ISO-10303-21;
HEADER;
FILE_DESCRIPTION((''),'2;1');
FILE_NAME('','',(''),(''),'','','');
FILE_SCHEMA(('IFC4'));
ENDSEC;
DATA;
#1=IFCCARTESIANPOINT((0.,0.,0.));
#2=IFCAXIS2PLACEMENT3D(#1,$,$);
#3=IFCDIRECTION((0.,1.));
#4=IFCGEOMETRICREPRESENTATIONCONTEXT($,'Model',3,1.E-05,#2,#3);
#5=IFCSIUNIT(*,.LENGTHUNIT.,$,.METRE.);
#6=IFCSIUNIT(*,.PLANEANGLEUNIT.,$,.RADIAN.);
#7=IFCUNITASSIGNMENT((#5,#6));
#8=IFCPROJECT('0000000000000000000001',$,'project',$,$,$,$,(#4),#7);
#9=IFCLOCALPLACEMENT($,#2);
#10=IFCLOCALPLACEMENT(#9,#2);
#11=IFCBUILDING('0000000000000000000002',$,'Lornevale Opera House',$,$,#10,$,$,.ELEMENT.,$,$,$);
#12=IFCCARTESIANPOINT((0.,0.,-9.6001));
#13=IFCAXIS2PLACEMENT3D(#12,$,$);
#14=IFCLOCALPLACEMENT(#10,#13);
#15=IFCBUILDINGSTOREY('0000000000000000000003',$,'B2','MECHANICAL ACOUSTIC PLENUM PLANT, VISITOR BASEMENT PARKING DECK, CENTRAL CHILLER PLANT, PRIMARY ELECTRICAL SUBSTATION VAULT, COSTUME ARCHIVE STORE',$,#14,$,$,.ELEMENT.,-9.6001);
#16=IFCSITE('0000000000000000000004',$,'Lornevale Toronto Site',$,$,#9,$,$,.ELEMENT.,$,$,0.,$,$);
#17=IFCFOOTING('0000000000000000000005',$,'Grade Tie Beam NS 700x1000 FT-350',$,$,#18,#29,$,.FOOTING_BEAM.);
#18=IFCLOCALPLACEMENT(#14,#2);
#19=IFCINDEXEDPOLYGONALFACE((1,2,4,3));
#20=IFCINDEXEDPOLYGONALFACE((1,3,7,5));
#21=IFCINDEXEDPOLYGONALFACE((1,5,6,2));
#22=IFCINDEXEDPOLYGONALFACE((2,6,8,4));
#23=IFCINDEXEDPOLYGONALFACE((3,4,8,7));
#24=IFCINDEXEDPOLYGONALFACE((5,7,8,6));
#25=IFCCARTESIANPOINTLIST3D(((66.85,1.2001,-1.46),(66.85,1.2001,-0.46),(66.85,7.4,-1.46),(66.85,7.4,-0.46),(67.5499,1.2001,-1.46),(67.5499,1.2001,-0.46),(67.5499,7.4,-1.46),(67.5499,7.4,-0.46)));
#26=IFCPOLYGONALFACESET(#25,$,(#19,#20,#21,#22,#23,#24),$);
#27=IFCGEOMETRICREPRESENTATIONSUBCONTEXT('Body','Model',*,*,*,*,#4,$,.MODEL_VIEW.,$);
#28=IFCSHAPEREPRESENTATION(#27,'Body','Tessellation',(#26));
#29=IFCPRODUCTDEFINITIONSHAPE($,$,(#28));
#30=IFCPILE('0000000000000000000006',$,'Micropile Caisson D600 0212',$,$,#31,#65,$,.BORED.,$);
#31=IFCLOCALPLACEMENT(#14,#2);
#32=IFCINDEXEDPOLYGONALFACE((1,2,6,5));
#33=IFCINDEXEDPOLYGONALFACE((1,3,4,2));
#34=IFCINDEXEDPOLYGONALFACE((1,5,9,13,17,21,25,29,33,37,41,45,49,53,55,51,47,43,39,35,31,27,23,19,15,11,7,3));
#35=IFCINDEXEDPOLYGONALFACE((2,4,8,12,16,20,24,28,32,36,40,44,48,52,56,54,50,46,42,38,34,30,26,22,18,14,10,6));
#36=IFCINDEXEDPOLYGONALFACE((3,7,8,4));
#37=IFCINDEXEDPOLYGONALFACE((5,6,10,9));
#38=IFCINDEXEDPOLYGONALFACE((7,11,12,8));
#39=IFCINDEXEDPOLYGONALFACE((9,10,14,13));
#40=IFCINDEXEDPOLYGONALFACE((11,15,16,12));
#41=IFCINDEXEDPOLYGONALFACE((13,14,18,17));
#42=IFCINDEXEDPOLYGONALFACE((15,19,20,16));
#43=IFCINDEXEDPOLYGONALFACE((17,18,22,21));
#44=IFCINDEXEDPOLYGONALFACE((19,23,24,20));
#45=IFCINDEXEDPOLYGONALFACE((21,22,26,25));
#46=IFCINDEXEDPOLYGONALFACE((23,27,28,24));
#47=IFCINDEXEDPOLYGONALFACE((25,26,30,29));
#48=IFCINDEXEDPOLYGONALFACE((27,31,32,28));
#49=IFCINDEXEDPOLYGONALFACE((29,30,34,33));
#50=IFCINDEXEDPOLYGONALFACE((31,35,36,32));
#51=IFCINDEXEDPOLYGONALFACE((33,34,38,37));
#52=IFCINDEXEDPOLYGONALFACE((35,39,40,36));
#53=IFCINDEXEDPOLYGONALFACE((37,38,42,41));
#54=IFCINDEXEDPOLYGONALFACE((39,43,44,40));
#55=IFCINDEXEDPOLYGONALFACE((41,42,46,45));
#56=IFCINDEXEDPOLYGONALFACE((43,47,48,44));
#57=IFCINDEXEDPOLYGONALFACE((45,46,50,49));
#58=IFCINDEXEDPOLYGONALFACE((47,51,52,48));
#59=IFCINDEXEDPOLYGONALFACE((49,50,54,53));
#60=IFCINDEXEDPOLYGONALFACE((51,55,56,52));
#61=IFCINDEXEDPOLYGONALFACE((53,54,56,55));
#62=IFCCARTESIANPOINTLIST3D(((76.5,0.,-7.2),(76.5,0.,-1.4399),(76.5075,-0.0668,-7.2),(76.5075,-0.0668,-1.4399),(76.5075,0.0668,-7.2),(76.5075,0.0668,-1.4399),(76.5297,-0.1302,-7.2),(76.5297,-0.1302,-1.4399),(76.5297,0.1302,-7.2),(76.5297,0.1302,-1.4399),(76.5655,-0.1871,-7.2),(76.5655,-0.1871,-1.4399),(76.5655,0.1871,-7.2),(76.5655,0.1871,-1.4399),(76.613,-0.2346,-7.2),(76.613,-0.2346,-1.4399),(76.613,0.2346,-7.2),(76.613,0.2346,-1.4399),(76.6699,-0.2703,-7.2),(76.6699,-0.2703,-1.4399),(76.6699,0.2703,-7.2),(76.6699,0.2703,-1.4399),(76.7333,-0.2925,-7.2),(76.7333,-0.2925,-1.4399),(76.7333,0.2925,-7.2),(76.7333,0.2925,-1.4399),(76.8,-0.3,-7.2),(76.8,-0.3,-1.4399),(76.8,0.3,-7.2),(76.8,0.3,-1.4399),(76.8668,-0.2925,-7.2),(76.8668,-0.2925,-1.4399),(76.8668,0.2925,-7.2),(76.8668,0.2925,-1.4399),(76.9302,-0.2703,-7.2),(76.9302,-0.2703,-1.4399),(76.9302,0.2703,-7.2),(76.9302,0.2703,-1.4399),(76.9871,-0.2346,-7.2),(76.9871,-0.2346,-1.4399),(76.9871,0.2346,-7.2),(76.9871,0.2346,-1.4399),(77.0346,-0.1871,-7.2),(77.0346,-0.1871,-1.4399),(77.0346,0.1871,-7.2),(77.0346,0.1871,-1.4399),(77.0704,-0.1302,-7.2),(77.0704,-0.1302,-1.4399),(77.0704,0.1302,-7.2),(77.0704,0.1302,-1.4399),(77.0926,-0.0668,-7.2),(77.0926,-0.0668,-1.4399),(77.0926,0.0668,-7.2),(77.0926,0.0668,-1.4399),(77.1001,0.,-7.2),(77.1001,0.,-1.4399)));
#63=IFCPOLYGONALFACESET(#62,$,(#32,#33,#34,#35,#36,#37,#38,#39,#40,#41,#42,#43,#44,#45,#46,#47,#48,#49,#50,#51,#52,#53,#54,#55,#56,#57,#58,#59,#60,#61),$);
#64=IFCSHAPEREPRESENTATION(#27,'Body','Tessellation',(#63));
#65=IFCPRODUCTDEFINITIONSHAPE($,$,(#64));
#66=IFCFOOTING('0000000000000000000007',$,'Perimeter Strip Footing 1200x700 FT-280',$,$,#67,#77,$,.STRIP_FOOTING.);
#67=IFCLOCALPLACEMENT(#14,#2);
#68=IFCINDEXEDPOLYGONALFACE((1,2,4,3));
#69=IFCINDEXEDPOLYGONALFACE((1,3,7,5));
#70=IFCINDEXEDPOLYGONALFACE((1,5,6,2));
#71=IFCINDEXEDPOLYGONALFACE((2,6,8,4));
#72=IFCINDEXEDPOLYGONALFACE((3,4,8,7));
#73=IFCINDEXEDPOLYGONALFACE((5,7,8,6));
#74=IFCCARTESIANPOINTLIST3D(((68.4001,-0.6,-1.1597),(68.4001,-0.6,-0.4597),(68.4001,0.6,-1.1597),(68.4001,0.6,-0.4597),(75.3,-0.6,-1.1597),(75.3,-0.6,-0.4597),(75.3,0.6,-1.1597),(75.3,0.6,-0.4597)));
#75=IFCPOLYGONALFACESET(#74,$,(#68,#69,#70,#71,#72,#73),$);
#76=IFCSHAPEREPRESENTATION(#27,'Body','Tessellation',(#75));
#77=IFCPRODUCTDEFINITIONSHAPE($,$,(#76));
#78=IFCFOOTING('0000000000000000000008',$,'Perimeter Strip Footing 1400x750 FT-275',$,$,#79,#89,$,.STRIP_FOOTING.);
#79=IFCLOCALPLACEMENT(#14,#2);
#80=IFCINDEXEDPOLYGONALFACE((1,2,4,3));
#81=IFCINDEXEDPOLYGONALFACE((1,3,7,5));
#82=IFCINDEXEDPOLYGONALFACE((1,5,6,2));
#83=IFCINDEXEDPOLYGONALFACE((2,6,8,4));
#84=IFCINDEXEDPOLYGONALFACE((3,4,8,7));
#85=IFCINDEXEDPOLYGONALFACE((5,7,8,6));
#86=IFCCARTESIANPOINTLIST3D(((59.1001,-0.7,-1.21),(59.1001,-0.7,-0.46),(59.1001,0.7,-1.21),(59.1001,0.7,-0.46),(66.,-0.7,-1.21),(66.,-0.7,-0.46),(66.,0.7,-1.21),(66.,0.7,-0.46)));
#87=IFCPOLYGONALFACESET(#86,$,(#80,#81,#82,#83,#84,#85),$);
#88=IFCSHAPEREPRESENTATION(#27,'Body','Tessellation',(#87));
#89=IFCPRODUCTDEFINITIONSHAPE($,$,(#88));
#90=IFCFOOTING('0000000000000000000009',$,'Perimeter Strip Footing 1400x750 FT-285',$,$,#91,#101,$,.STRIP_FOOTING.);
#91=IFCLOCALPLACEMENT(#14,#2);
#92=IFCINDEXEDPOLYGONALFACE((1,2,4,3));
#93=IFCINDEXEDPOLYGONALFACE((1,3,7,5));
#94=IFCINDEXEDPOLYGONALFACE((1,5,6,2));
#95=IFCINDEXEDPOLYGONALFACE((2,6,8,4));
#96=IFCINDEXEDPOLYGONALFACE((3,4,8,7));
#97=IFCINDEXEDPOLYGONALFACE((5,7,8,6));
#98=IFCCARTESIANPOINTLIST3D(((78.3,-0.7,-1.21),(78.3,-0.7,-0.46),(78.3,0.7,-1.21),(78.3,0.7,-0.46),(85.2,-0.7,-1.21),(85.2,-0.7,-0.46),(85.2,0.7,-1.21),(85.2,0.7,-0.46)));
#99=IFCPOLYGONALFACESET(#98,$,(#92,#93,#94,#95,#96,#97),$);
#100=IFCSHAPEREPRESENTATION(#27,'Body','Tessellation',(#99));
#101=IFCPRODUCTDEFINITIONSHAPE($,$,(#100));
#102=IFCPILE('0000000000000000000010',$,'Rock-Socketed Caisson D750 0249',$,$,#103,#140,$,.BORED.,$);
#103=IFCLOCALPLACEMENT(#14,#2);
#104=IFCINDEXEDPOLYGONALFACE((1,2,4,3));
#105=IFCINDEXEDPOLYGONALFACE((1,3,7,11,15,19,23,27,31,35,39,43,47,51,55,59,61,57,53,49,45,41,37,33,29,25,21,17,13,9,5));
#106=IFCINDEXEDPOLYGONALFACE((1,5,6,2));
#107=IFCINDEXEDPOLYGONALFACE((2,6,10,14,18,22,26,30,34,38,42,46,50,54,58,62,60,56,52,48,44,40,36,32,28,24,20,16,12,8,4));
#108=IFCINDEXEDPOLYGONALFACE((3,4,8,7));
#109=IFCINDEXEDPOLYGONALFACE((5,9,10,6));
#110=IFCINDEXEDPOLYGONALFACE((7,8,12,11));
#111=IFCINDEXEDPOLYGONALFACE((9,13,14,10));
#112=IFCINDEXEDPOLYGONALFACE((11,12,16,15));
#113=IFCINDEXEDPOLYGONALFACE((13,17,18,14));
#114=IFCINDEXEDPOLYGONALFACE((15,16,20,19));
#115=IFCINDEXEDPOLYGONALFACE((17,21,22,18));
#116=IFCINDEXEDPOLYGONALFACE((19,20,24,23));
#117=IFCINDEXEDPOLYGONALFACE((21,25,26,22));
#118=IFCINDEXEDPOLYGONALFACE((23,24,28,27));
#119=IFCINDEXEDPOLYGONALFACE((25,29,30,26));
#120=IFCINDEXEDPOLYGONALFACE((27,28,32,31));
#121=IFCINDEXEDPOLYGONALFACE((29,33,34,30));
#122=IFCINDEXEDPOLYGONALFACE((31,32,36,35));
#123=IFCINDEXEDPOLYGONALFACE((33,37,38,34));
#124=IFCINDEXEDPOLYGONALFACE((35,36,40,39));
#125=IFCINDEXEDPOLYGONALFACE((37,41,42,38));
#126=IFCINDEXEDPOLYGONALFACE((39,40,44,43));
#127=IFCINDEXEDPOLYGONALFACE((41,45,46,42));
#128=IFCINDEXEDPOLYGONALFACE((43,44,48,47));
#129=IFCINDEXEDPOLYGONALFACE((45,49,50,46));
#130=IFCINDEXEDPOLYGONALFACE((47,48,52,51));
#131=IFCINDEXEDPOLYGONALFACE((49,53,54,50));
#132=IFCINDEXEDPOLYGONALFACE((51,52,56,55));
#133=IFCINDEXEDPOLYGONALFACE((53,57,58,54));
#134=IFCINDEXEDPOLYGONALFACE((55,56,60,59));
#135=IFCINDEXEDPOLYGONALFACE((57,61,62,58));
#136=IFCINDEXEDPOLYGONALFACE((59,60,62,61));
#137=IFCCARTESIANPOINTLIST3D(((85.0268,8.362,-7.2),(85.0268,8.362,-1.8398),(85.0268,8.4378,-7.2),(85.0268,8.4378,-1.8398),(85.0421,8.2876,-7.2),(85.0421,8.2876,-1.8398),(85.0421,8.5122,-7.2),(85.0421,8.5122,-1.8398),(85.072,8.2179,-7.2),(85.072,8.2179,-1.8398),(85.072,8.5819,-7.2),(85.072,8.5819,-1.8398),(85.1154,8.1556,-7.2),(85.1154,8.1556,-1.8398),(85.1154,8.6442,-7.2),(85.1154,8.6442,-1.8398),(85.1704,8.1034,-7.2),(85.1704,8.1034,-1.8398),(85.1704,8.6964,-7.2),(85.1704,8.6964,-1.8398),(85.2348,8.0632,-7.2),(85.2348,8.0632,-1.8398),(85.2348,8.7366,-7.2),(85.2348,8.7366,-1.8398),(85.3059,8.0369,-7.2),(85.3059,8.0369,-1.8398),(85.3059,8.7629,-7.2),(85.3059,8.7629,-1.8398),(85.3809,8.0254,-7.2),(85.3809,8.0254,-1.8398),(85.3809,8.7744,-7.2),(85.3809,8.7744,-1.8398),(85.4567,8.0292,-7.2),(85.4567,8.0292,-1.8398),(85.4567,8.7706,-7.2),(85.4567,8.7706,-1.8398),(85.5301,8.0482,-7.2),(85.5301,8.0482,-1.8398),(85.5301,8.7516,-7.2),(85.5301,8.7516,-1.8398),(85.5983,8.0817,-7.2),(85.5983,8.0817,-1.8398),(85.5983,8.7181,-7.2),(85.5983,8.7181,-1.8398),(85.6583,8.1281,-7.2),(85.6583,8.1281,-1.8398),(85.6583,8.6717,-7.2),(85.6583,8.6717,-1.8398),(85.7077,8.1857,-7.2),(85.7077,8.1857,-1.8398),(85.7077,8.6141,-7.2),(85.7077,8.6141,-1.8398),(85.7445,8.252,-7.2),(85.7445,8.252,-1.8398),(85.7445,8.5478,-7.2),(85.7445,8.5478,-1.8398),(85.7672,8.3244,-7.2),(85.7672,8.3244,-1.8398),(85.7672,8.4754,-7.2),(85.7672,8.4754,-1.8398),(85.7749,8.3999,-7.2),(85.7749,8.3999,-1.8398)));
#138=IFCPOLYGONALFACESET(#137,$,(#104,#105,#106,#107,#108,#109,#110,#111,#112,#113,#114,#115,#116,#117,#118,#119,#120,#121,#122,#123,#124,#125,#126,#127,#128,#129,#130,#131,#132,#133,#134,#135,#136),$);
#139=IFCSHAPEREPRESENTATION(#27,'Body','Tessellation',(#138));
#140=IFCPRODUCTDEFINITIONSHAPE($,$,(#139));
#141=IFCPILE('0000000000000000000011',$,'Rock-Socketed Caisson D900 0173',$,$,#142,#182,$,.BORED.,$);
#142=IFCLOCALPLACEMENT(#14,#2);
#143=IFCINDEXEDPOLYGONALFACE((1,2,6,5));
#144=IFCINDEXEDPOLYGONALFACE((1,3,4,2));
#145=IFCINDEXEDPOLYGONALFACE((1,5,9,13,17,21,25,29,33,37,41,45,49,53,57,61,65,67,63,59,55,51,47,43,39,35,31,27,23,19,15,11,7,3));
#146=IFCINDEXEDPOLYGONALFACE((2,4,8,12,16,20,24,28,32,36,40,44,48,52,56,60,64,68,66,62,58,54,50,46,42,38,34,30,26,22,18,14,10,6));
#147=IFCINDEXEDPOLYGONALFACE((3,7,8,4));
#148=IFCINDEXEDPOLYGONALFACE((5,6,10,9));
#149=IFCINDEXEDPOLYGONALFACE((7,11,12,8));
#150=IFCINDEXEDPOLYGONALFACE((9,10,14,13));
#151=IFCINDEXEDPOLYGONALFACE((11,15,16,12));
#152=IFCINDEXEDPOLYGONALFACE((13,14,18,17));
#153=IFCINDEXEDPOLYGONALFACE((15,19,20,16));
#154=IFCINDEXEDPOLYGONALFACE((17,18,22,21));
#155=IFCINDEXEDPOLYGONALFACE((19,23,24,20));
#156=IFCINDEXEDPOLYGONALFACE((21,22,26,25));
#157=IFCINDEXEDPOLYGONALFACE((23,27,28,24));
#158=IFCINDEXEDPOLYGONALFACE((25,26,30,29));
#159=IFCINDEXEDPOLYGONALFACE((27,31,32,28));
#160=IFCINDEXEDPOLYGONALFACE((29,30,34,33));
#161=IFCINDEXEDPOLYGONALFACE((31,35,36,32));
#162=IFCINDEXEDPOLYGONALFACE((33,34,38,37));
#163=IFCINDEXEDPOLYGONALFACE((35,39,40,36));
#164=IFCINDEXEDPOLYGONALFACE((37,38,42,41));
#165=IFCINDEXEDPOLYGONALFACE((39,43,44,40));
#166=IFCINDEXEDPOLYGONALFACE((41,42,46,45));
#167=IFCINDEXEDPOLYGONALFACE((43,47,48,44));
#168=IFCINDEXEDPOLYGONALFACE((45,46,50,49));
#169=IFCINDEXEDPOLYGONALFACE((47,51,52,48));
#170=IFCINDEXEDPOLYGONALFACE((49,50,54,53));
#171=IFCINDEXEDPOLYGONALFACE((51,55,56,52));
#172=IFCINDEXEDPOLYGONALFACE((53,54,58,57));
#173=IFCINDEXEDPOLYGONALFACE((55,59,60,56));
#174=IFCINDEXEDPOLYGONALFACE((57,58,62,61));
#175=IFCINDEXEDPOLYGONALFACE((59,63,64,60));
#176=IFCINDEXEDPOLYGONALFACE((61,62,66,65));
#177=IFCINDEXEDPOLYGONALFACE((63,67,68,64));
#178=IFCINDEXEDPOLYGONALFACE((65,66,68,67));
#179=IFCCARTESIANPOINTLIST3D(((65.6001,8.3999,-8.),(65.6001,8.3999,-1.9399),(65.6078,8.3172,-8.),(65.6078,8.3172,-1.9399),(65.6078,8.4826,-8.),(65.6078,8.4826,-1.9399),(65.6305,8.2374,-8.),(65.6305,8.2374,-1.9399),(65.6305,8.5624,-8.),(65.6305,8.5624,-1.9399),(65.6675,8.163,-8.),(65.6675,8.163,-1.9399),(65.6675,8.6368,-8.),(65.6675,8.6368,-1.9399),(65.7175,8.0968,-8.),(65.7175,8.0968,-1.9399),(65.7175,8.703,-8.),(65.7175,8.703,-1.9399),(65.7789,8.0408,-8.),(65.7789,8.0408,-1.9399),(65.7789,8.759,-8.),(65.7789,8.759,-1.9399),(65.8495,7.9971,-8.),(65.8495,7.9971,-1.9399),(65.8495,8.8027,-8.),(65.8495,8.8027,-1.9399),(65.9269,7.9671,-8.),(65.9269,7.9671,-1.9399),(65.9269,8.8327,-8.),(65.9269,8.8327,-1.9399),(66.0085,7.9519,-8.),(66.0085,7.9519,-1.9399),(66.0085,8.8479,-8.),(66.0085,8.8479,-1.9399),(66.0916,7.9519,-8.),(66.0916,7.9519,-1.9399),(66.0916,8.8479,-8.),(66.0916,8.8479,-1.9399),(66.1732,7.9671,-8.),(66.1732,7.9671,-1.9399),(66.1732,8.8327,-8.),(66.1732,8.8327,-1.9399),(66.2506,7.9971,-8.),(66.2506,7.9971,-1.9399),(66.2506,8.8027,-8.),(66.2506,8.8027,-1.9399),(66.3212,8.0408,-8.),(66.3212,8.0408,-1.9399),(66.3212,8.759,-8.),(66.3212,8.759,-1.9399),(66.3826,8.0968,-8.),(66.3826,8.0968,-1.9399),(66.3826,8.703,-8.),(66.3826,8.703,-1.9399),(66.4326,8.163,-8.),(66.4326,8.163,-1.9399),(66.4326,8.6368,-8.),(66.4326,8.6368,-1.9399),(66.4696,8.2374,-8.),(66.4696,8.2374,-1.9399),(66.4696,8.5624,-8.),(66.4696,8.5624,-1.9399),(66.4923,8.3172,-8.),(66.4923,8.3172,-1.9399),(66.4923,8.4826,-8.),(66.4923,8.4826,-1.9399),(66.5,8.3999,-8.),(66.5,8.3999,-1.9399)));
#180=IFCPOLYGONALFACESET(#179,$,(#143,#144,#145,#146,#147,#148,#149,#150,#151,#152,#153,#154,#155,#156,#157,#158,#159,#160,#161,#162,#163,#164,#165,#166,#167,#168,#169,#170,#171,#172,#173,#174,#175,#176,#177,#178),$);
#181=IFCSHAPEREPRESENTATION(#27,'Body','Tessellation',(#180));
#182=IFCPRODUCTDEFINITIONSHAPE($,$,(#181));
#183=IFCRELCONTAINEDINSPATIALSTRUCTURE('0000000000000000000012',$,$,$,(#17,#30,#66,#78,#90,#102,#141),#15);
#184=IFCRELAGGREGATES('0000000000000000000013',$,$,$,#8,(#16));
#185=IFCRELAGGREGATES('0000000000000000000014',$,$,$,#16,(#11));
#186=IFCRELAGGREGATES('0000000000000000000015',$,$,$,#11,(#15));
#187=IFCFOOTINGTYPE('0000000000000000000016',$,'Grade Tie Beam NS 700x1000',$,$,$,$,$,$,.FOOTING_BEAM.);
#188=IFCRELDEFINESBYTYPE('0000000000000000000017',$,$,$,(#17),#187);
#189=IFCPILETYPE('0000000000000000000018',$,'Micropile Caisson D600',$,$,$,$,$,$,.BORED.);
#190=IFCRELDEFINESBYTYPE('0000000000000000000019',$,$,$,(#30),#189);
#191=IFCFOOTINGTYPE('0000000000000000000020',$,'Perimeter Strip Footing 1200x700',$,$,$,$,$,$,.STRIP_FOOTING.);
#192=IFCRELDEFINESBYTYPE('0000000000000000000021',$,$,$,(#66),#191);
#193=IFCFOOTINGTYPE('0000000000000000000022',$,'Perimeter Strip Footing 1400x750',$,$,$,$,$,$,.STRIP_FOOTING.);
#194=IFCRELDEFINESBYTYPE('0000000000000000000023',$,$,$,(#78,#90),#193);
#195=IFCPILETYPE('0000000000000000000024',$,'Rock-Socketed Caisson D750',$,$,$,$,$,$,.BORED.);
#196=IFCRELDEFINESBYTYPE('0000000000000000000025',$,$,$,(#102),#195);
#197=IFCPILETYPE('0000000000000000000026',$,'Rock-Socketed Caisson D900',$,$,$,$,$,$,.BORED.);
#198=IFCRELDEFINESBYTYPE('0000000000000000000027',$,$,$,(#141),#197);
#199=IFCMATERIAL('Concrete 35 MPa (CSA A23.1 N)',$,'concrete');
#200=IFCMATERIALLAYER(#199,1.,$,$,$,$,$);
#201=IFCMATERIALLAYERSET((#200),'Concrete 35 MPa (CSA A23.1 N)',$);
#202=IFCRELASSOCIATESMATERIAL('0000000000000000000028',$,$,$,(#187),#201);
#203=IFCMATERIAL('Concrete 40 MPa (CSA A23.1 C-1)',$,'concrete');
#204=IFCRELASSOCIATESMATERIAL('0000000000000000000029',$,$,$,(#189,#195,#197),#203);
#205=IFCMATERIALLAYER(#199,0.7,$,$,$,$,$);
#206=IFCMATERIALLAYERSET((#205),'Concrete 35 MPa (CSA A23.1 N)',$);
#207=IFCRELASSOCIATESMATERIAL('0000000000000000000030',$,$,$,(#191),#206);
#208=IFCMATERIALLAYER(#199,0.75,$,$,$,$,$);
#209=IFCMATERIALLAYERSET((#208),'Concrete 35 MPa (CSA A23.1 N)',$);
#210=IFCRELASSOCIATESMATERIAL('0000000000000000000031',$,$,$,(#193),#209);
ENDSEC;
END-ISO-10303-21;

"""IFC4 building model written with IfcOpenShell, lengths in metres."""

from ifc_helpers import new_model, si_unit, direction, frame, origin, origin_2d, place, context, subcontext, project, spatial, rectangle, circle, extrude, material, layer, layer_set, material_profile, profile_set, type_object, element, save


model = new_model("IFC4")

# Units and contexts
model_context = context("Model", 3, precision=1e-05, world=origin(), true_north=direction((0.0, 1.0)))
body_context = subcontext(model_context, "Body", "Model", "MODEL_VIEW")
ifc_project = project(units=[si_unit("LENGTHUNIT", "METRE"), si_unit("PLANEANGLEUNIT", "RADIAN")], contexts=[model_context])

# Site, building, storey
site_placement = place(None, origin())
site = spatial("IfcSite", under=ifc_project, at=site_placement, Name="Lornevale Toronto Site", CompositionType="ELEMENT", RefElevation=0.0)
building_placement = place(site_placement, origin())
building = spatial("IfcBuilding", under=site, at=building_placement, Name="Lornevale Opera House", CompositionType="ELEMENT")
storey_placement = place(building_placement, frame((0.0, 0.0, -9.6001)))
storey = spatial("IfcBuildingStorey", under=building, at=storey_placement, Name="B2", Description="MECHANICAL ACOUSTIC PLENUM PLANT, VISITOR BASEMENT PARKING DECK, CENTRAL CHILLER PLANT, PRIMARY ELECTRICAL SUBSTATION VAULT, COSTUME ARCHIVE STORE", CompositionType="ELEMENT", Elevation=-9.6001)

# Footing
ifc_material_1 = material(Name="Concrete 35 MPa (CSA A23.1 N)", Category="concrete")
ifc_layer_1 = layer(ifc_material_1, 1.0)
ifc_layer_set_1 = layer_set([ifc_layer_1], Name="Concrete 35 MPa (CSA A23.1 N)")
footing_type_1 = type_object("IfcFootingType", Name="Grade Tie Beam NS 700x1000", PredefinedType="FOOTING_BEAM", material=ifc_layer_set_1)
footing_1_placement = place(storey_placement, frame((67.2, 4.3, -1.46), z_axis=(0.0, 0.0, 1.0), x_axis=(1.0, 0.0, 0.0)))
element("IfcFooting", 1, at=footing_1_placement, inside=storey, type_object=footing_type_1, Name="Grade Tie Beam NS 700x1000 FT-350", PredefinedType="FOOTING_BEAM", context=body_context, shape_type="SweptSolid", body=[
    extrude(rectangle(XDim=0.7, YDim=6.2, at=origin_2d()), origin(), (0.0, 0.0, 1.0), 1.0),
])

# Pile
ifc_material_2 = material(Name="Concrete 40 MPa (CSA A23.1 C-1)", Category="concrete")
ifc_material_profile_1 = material_profile(ifc_material_2, circle(Radius=0.3, at=origin_2d()), Name="CAIS600")
ifc_profile_set_1 = profile_set([ifc_material_profile_1], Name="Concrete 40 MPa (CSA A23.1 C-1)")
pile_type_1 = type_object("IfcPileType", Name="Micropile Caisson D600", PredefinedType="BORED", material=ifc_profile_set_1)
pile_1_placement = place(storey_placement, frame((76.8, 0.0, -1.4399), z_axis=(0.0, 0.0, -1.0), x_axis=(1.0, 0.0, 0.0)))
element("IfcPile", 2, at=pile_1_placement, inside=storey, type_object=pile_type_1, Name="Micropile Caisson D600 0212", PredefinedType="BORED", context=body_context, shape_type="SweptSolid", body=[
    extrude(circle(Radius=0.3, at=origin_2d()), origin(), (0.0, 0.0, 1.0), 5.76),
])

# Footings
ifc_layer_2 = layer(ifc_material_1, 0.7)
ifc_layer_set_2 = layer_set([ifc_layer_2], Name="Concrete 35 MPa (CSA A23.1 N)")
footing_type_2 = type_object("IfcFootingType", Name="Perimeter Strip Footing 1200x700", PredefinedType="STRIP_FOOTING", material=ifc_layer_set_2)
footing_2_placement = place(storey_placement, frame((71.8501, 0.0, -1.1597), z_axis=(0.0, 0.0, 1.0), x_axis=(1.0, 0.0, 0.0)))
element("IfcFooting", 3, at=footing_2_placement, inside=storey, type_object=footing_type_2, Name="Perimeter Strip Footing 1200x700 FT-280", PredefinedType="STRIP_FOOTING", context=body_context, shape_type="SweptSolid", body=[
    extrude(rectangle(XDim=6.8999, YDim=1.2, at=origin_2d()), origin(), (0.0, 0.0, 1.0), 0.7),
])
ifc_layer_3 = layer(ifc_material_1, 0.75)
ifc_layer_set_3 = layer_set([ifc_layer_3], Name="Concrete 35 MPa (CSA A23.1 N)")
footing_type_3 = type_object("IfcFootingType", Name="Perimeter Strip Footing 1400x750", PredefinedType="STRIP_FOOTING", material=ifc_layer_set_3)
for number, where, z_axis, x_axis, name in (
    (4, (62.55, 0.0, -1.21), (0.0, 0.0, 1.0), (1.0, 0.0, 0.0), "Perimeter Strip Footing 1400x750 FT-275"),
    (5, (81.75, 0.0, -1.21), (0.0, 0.0, 1.0), (1.0, 0.0, 0.0), "Perimeter Strip Footing 1400x750 FT-285"),
):
    element("IfcFooting", number, at=place(storey_placement, frame(where, z_axis=z_axis, x_axis=x_axis)), inside=storey, type_object=footing_type_3, Name=name, PredefinedType="STRIP_FOOTING", context=body_context, shape_type="SweptSolid", body=[
        extrude(rectangle(XDim=6.8999, YDim=1.3999, at=origin_2d()), origin(), (0.0, 0.0, 1.0), 0.75),
    ])

# Piles
ifc_material_profile_2 = material_profile(ifc_material_2, circle(Radius=0.375, at=origin_2d()), Name="CAIS750")
ifc_profile_set_2 = profile_set([ifc_material_profile_2], Name="Concrete 40 MPa (CSA A23.1 C-1)")
pile_type_2 = type_object("IfcPileType", Name="Rock-Socketed Caisson D750", PredefinedType="BORED", material=ifc_profile_set_2)
pile_2_placement = place(storey_placement, frame((85.3999, 8.3999, -1.8398), z_axis=(0.0, 0.0, -1.0), x_axis=(1.0, 0.0, 0.0)))
element("IfcPile", 6, at=pile_2_placement, inside=storey, type_object=pile_type_2, Name="Rock-Socketed Caisson D750 0249", PredefinedType="BORED", context=body_context, shape_type="SweptSolid", body=[
    extrude(circle(Radius=0.375, at=origin_2d()), origin(), (0.0, 0.0, 1.0), 5.3601),
])
ifc_material_profile_3 = material_profile(ifc_material_2, circle(Radius=0.45, at=origin_2d()), Name="CAIS900")
ifc_profile_set_3 = profile_set([ifc_material_profile_3], Name="Concrete 40 MPa (CSA A23.1 C-1)")
pile_type_3 = type_object("IfcPileType", Name="Rock-Socketed Caisson D900", PredefinedType="BORED", material=ifc_profile_set_3)
for number, where, z_axis, x_axis, name in (
    (7, (66.05, 8.3999, -1.9399), (0.0, 0.0, -1.0), (1.0, 0.0, 0.0), "Rock-Socketed Caisson D900 0173"),
):
    element("IfcPile", number, at=place(storey_placement, frame(where, z_axis=z_axis, x_axis=x_axis)), inside=storey, type_object=pile_type_3, Name=name, PredefinedType="BORED", context=body_context, shape_type="SweptSolid", body=[
        extrude(circle(Radius=0.45, at=origin_2d()), origin(), (0.0, 0.0, 1.0), 6.0601),
    ])

save(model, "model.ifc")
